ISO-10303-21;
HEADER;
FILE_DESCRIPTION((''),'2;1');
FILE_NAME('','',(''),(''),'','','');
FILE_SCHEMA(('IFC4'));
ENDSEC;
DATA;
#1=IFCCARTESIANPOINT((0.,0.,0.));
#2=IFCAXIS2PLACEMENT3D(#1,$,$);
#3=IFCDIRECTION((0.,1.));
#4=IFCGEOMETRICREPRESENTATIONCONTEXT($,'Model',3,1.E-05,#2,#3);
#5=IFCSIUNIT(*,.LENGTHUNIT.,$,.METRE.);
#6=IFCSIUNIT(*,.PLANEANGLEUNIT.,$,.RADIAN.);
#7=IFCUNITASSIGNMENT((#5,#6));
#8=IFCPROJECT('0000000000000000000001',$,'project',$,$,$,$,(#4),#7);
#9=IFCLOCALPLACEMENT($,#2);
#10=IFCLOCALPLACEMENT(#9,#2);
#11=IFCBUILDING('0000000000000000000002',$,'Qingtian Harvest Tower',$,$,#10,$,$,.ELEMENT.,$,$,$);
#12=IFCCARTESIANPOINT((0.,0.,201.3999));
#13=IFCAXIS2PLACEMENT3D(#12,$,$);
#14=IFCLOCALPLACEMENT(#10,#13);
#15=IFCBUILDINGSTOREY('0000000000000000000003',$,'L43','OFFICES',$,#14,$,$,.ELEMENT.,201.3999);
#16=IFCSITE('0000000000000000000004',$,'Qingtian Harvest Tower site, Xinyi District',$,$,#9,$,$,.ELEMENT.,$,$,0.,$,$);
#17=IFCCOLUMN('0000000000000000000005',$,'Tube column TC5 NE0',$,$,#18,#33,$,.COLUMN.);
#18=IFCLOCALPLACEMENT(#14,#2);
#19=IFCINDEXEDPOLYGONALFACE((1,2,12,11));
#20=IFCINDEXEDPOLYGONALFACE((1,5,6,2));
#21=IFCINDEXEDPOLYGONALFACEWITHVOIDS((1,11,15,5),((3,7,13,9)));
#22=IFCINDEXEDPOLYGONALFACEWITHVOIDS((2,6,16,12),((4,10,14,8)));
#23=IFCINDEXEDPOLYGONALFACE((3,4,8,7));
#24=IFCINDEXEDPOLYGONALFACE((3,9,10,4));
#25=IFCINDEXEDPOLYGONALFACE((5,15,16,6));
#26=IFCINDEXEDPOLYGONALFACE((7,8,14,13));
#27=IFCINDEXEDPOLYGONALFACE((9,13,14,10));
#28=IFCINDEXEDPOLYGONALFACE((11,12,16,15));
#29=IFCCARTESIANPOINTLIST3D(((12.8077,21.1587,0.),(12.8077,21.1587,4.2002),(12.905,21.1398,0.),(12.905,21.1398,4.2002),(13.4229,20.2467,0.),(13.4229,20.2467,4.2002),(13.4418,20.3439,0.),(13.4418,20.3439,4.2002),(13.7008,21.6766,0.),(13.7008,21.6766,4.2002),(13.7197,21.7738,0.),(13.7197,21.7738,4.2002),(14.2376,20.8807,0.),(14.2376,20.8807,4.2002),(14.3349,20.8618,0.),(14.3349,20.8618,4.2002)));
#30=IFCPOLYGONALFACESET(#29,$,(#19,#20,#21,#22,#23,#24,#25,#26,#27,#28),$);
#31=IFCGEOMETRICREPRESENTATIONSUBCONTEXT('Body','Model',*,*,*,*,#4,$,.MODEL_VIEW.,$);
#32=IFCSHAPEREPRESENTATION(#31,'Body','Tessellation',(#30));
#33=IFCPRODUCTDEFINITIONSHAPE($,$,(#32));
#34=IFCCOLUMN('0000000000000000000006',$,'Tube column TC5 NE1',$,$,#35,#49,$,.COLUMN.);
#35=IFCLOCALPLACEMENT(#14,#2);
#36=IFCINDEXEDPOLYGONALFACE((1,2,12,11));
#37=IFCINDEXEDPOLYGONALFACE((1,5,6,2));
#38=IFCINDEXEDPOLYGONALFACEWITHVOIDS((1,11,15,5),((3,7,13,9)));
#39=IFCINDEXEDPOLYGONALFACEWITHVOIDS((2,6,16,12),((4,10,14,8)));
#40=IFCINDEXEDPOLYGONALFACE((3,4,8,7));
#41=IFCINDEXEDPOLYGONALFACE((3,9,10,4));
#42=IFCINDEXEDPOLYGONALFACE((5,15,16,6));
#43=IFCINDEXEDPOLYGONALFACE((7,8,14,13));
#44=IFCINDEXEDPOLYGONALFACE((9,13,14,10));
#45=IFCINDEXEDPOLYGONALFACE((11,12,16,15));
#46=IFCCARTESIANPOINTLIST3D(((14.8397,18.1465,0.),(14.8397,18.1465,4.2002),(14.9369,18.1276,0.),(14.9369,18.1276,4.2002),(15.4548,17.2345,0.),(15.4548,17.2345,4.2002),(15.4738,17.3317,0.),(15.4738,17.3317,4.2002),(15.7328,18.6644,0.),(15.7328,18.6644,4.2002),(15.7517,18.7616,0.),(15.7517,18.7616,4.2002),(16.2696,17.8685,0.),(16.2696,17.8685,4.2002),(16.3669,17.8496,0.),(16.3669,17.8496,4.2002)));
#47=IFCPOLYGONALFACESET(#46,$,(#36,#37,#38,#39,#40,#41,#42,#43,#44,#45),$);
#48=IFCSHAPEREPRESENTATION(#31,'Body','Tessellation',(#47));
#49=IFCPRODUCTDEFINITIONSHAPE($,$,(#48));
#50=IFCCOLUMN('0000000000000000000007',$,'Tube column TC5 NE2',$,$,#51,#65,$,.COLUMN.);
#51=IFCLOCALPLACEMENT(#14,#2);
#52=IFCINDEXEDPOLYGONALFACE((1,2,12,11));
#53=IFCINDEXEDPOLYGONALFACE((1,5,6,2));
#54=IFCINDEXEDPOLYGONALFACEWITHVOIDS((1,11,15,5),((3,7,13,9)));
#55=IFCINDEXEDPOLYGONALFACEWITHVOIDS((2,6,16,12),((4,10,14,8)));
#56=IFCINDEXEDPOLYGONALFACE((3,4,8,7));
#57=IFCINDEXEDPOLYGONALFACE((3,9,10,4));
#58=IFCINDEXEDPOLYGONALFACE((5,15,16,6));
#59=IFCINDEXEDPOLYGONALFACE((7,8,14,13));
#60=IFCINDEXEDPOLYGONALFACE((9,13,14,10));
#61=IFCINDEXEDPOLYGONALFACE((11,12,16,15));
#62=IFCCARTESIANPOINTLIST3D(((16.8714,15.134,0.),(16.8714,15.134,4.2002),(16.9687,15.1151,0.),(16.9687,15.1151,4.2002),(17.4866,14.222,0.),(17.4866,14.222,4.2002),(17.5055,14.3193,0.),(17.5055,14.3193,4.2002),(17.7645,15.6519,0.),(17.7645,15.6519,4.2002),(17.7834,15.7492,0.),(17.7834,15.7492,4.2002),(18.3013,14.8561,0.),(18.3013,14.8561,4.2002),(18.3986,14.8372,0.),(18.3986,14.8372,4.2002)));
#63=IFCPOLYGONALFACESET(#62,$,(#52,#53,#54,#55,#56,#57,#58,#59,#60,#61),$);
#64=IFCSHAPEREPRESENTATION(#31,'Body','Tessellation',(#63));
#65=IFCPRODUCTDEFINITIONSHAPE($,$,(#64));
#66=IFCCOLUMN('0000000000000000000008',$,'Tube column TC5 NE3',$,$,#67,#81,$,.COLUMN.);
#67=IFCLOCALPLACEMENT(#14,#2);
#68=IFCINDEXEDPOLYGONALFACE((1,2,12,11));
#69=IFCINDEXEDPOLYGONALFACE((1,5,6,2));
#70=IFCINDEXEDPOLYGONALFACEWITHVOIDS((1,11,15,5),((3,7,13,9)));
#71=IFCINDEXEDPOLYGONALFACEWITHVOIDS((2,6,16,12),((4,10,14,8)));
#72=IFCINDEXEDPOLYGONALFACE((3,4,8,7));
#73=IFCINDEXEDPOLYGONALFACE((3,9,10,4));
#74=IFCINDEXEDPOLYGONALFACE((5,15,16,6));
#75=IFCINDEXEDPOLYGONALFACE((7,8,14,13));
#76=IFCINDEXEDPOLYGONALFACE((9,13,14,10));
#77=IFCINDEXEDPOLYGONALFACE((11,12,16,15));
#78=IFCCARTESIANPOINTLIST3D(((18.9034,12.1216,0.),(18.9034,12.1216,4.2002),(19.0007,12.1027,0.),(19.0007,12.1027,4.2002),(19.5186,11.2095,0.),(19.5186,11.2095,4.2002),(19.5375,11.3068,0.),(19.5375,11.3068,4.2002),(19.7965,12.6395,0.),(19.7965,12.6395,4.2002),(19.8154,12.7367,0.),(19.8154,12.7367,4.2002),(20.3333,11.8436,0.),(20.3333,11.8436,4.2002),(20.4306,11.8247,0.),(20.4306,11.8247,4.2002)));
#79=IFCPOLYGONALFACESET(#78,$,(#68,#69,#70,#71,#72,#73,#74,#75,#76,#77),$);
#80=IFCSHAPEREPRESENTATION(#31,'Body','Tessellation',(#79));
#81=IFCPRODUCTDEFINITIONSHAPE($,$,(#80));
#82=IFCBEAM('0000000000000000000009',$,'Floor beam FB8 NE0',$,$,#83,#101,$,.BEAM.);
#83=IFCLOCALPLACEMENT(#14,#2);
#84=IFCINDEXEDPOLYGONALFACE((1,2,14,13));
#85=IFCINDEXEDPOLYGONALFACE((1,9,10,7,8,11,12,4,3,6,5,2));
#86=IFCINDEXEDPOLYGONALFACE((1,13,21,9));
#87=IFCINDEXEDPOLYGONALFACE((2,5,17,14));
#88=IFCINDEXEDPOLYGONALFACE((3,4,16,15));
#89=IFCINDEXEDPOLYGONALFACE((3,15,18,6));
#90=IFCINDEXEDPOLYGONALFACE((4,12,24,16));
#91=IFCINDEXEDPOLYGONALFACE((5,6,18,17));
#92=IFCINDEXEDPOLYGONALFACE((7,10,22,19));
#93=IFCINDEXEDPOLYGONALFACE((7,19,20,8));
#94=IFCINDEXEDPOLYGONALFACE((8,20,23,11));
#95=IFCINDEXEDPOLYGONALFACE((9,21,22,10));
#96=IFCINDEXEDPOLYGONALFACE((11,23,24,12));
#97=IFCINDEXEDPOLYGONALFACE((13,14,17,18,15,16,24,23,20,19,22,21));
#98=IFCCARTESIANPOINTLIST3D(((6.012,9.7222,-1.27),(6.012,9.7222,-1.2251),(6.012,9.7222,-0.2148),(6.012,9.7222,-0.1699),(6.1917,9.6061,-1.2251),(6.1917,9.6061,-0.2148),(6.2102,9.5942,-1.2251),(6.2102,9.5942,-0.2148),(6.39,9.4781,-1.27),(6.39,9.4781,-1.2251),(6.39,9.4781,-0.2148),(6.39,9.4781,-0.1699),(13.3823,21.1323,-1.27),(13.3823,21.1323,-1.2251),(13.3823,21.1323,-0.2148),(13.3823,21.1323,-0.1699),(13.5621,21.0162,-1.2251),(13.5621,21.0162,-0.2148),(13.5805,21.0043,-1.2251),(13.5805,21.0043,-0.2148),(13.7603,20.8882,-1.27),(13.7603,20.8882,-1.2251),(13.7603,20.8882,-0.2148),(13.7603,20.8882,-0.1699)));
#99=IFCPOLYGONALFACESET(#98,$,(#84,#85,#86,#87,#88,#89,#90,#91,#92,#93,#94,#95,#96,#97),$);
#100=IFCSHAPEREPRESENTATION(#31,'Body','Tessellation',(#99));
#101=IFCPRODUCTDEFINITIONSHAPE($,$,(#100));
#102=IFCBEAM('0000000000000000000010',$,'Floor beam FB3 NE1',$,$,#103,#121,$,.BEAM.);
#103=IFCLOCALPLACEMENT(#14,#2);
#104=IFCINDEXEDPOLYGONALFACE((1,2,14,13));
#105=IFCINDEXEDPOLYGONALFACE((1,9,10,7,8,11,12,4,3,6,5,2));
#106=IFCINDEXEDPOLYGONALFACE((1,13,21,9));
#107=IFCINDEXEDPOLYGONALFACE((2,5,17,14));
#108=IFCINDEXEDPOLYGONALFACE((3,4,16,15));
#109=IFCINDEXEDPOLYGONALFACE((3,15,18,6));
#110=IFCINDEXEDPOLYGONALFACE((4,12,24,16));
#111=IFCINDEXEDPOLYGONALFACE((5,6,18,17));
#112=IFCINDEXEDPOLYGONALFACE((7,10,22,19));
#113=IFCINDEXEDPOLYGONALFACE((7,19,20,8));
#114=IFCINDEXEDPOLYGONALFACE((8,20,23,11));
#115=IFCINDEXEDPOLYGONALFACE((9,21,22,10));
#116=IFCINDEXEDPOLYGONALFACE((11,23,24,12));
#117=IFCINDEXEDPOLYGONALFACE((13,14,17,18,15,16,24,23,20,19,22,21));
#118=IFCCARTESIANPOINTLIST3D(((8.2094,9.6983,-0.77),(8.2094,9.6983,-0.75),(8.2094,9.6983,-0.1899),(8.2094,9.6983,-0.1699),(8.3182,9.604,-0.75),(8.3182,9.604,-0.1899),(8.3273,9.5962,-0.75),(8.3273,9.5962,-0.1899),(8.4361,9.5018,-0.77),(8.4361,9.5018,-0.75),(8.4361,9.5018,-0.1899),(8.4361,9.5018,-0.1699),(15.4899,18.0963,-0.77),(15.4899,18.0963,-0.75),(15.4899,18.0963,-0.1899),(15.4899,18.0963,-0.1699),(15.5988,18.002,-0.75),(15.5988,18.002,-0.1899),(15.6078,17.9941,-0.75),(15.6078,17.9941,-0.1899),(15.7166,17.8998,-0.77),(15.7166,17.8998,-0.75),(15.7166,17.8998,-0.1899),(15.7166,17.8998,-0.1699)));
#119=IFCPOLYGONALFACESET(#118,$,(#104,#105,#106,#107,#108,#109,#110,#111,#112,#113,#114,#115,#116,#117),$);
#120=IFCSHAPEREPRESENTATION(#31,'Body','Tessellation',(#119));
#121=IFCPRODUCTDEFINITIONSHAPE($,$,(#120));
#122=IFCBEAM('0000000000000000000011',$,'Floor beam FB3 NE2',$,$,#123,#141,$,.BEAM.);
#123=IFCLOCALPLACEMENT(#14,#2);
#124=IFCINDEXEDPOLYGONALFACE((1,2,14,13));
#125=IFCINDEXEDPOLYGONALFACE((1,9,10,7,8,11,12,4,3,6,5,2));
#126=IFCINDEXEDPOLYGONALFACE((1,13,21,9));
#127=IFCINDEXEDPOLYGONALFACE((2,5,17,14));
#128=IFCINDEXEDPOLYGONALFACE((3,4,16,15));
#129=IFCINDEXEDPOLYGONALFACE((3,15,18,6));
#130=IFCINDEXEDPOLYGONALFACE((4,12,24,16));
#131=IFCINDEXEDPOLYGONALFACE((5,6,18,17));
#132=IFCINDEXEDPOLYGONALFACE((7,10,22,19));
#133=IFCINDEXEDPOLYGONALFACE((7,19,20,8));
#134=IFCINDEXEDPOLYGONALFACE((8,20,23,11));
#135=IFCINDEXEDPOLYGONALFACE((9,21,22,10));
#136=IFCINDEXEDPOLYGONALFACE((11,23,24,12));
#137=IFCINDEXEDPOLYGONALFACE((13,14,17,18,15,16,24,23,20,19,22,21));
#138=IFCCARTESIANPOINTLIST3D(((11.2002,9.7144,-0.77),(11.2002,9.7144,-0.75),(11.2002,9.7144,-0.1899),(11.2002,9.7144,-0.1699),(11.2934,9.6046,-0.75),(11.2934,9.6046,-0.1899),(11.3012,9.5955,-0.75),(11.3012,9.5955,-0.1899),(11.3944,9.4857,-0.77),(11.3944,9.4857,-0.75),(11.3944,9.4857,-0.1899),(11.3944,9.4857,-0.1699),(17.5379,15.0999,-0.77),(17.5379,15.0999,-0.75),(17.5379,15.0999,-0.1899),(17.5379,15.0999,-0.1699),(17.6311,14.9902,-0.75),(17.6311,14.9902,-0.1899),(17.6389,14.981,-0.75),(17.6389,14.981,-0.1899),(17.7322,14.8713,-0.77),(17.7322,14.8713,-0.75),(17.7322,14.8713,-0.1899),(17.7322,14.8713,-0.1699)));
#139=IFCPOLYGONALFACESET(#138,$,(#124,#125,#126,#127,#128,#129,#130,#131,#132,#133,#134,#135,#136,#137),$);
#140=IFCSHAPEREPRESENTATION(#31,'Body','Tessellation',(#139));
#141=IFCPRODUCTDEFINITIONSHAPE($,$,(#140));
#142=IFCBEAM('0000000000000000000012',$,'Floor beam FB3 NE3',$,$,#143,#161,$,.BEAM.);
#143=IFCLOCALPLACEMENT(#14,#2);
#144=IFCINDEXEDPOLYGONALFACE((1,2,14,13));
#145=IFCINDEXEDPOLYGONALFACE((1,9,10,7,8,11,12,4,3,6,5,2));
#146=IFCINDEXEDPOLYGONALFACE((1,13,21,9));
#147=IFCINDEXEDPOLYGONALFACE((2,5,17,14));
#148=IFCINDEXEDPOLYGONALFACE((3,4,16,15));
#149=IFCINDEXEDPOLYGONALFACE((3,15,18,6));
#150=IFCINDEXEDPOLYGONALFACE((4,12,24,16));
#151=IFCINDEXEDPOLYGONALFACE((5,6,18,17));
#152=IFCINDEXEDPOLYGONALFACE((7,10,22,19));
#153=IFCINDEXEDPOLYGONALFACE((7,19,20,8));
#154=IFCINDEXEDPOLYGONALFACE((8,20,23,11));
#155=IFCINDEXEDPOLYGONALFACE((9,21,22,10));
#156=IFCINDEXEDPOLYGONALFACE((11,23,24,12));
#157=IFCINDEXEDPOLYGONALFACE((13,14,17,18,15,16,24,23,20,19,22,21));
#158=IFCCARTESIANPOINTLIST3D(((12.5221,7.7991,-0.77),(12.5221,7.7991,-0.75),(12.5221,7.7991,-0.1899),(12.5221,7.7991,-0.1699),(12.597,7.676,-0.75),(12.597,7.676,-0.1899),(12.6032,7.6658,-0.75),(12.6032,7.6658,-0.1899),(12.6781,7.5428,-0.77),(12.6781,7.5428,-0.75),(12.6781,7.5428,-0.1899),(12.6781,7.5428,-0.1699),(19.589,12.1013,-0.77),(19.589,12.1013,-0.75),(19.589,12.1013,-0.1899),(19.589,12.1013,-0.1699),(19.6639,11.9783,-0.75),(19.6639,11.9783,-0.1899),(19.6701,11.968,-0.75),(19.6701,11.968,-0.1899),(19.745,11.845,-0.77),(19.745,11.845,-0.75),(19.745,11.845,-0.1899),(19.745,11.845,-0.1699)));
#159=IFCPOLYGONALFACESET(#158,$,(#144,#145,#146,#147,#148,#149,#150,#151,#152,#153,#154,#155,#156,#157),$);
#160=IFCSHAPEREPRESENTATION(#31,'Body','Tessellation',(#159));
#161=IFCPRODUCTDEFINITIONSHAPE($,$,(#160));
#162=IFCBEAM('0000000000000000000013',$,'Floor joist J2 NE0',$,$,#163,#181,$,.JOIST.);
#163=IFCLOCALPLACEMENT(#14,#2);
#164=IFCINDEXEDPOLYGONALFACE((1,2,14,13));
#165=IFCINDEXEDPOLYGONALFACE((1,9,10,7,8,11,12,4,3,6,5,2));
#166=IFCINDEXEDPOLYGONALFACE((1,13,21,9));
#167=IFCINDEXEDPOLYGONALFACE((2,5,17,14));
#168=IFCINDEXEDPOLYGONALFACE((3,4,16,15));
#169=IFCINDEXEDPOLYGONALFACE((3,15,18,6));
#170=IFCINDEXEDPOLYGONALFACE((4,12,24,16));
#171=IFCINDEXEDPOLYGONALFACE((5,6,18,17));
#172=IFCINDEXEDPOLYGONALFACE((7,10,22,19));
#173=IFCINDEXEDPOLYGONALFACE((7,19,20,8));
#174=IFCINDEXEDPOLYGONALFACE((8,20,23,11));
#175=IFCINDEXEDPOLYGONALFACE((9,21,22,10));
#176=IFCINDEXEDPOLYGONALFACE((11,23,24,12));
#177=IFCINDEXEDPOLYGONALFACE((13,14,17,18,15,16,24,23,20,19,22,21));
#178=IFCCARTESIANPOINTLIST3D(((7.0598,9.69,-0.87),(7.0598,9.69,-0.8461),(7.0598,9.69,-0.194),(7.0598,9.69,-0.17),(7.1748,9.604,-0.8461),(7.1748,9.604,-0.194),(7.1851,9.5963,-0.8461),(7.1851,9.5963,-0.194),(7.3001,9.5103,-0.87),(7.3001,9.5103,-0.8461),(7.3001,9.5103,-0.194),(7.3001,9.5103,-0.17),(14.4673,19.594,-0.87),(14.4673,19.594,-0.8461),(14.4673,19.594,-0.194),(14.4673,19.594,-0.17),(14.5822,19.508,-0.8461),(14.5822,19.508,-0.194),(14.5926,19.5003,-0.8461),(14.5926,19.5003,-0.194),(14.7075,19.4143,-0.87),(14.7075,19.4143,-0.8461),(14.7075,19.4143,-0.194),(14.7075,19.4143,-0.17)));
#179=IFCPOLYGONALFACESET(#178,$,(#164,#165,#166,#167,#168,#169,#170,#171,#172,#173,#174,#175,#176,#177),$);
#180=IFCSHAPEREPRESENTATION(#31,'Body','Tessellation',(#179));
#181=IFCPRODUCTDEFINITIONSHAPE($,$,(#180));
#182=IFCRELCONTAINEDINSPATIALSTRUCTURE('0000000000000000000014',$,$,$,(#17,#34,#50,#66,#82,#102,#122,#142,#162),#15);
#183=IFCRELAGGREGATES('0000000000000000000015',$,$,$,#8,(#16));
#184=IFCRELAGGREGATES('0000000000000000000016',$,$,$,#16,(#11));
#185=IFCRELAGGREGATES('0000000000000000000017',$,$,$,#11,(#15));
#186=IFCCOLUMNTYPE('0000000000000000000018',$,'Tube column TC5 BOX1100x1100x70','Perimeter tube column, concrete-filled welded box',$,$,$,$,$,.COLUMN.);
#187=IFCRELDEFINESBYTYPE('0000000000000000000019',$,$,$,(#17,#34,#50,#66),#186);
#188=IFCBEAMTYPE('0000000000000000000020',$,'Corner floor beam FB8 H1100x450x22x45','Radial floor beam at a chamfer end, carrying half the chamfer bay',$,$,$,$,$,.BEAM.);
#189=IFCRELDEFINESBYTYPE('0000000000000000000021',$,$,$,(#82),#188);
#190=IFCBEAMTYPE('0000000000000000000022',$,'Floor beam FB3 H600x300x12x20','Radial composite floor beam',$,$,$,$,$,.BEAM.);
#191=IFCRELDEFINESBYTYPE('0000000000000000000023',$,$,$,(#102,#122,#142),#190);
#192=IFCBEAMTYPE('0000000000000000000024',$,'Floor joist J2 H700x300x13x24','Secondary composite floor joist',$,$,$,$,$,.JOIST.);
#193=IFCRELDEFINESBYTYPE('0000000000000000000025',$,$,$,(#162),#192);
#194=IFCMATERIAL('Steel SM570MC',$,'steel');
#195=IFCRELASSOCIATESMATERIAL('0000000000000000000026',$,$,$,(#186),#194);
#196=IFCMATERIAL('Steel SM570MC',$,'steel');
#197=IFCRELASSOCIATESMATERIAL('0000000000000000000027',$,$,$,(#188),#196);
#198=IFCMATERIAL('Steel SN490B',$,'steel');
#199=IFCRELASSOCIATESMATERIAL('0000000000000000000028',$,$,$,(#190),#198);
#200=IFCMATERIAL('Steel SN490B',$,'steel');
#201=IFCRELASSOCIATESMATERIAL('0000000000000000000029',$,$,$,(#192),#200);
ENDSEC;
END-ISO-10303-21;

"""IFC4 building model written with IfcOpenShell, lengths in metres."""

from ifc_helpers import new_model, si_unit, direction, frame, origin, origin_2d, place, context, subcontext, project, spatial, hollow_rectangle, i_section, extrude, material, material_profile, profile_set, type_object, element, save


model = new_model("IFC4")

# Units and contexts
model_context = context("Model", 3, precision=1e-05, world=origin(), true_north=direction((0.0, 1.0)))
body_context = subcontext(model_context, "Body", "Model", "MODEL_VIEW")
ifc_project = project(units=[si_unit("LENGTHUNIT", "METRE"), si_unit("PLANEANGLEUNIT", "RADIAN")], contexts=[model_context])

# Site, building, storey
site_placement = place(None, origin())
site = spatial("IfcSite", under=ifc_project, at=site_placement, Name="Qingtian Harvest Tower site, Xinyi District", CompositionType="ELEMENT", RefElevation=0.0)
building_placement = place(site_placement, origin())
building = spatial("IfcBuilding", under=site, at=building_placement, Name="Qingtian Harvest Tower", CompositionType="ELEMENT")
storey_placement = place(building_placement, frame((0.0, 0.0, 201.3999)))
storey = spatial("IfcBuildingStorey", under=building, at=storey_placement, Name="L43", Description="OFFICES", CompositionType="ELEMENT", Elevation=201.3999)

# Columns
ifc_material_1 = material(Name="Steel SM570MC", Category="steel")
ifc_material_profile_1 = material_profile(ifc_material_1, hollow_rectangle(XDim=1.1001, YDim=1.1001, WallThickness=0.0701, at=origin_2d()), Name="BOX1100x1100x70")
ifc_profile_set_1 = profile_set([ifc_material_profile_1], Name="Steel SM570MC")
column_type = type_object("IfcColumnType", Name="Tube column TC5 BOX1100x1100x70", Description="Perimeter tube column, concrete-filled welded box", PredefinedType="COLUMN", material=ifc_profile_set_1)
for number, where, z_axis, x_axis, name in (
    (1, (13.5713, 21.0103, 0.0), (0.0, 0.0, 1.0), (-0.559193, 0.829038, 0.0), "Tube column TC5 NE0"),
    (2, (15.6033, 17.998, 0.0), (0.0, 0.0, 1.0), (-0.559193, 0.829038, 0.0), "Tube column TC5 NE1"),
    (3, (17.635, 14.9856, 0.0), (0.0, 0.0, 1.0), (-0.559193, 0.829038, 0.0), "Tube column TC5 NE2"),
    (4, (19.667, 11.9731, 0.0), (0.0, 0.0, 1.0), (-0.559193, 0.829038, 0.0), "Tube column TC5 NE3"),
):
    element("IfcColumn", number, at=place(storey_placement, frame(where, z_axis=z_axis, x_axis=x_axis)), inside=storey, type_object=column_type, Name=name, PredefinedType="COLUMN", context=body_context, shape_type="SweptSolid", body=[
        extrude(hollow_rectangle(XDim=1.1001, YDim=1.1001, WallThickness=0.0701, at=origin_2d()), origin(), (0.0, 0.0, 1.0), 4.2002),
    ])

# Beams
ifc_material_2 = material(Name="Steel SM570MC", Category="steel")
ifc_material_profile_2 = material_profile(ifc_material_2, i_section(OverallWidth=0.45, OverallDepth=1.1001, WebThickness=0.022, FlangeThickness=0.0449, at=origin_2d()), Name="H1100x450x22x45")
ifc_profile_set_2 = profile_set([ifc_material_profile_2], Name="Steel SM570MC")
beam_type_1 = type_object("IfcBeamType", Name="Corner floor beam FB8 H1100x450x22x45", Description="Radial floor beam at a chamfer end, carrying half the chamfer bay", PredefinedType="BEAM", material=ifc_profile_set_2)
beam_1_placement = place(storey_placement, frame((13.5713, 21.0103, -0.72), z_axis=(-0.542593, -0.839996, 0.0), x_axis=(0.839996, -0.542593, 0.0)))
element("IfcBeam", 5, at=beam_1_placement, inside=storey, type_object=beam_type_1, Name="Floor beam FB8 NE0", PredefinedType="BEAM", context=body_context, shape_type="SweptSolid", body=[
    extrude(i_section(OverallWidth=0.45, OverallDepth=1.1001, WebThickness=0.022, FlangeThickness=0.0449, at=origin_2d()), origin(), (0.0, 0.0, 1.0), 13.5835),
])
ifc_material_3 = material(Name="Steel SN490B", Category="steel")
ifc_material_profile_3 = material_profile(ifc_material_3, i_section(OverallWidth=0.3, OverallDepth=0.6001, WebThickness=0.012, FlangeThickness=0.02, at=origin_2d()), Name="H600x300x12x20")
ifc_profile_set_3 = profile_set([ifc_material_profile_3], Name="Steel SN490B")
beam_type_2 = type_object("IfcBeamType", Name="Floor beam FB3 H600x300x12x20", Description="Radial composite floor beam", PredefinedType="BEAM", material=ifc_profile_set_3)
beam_2_placement = place(storey_placement, frame((15.6033, 17.998, -0.47), z_axis=(-0.655048, -0.755587, 0.0), x_axis=(0.755587, -0.655048, 0.0)))
element("IfcBeam", 6, at=beam_2_placement, inside=storey, type_object=beam_type_2, Name="Floor beam FB3 NE1", PredefinedType="BEAM", context=body_context, shape_type="SweptSolid", body=[
    extrude(i_section(OverallWidth=0.3, OverallDepth=0.6001, WebThickness=0.012, FlangeThickness=0.02, at=origin_2d()), origin(), (0.0, 0.0, 1.0), 11.1145),
])
beam_3_placement = place(storey_placement, frame((17.635, 14.9856, -0.47), z_axis=(-0.762028, -0.647544, 0.0), x_axis=(0.647544, -0.762028, 0.0)))
element("IfcBeam", 7, at=beam_3_placement, inside=storey, type_object=beam_type_2, Name="Floor beam FB3 NE2", PredefinedType="BEAM", context=body_context, shape_type="SweptSolid", body=[
    extrude(i_section(OverallWidth=0.3, OverallDepth=0.6001, WebThickness=0.012, FlangeThickness=0.02, at=origin_2d()), origin(), (0.0, 0.0, 1.0), 8.3169),
])
beam_4_placement = place(storey_placement, frame((19.667, 11.9731, -0.47), z_axis=(-0.854163, -0.520005, 0.0), x_axis=(0.520005, -0.854163, 0.0)))
element("IfcBeam", 8, at=beam_4_placement, inside=storey, type_object=beam_type_2, Name="Floor beam FB3 NE3", PredefinedType="BEAM", context=body_context, shape_type="SweptSolid", body=[
    extrude(i_section(OverallWidth=0.3, OverallDepth=0.6001, WebThickness=0.012, FlangeThickness=0.02, at=origin_2d()), origin(), (0.0, 0.0, 1.0), 8.2734),
])
ifc_material_4 = material(Name="Steel SN490B", Category="steel")
ifc_material_profile_4 = material_profile(ifc_material_4, i_section(OverallWidth=0.3, OverallDepth=0.7, WebThickness=0.0129, FlangeThickness=0.0239, at=origin_2d()), Name="H700x300x13x24")
ifc_profile_set_4 = profile_set([ifc_material_profile_4], Name="Steel SN490B")
beam_type_3 = type_object("IfcBeamType", Name="Floor joist J2 H700x300x13x24", Description="Secondary composite floor joist", PredefinedType="JOIST", material=ifc_profile_set_4)
beam_5_placement = place(storey_placement, frame((14.5874, 19.5042, -0.52), z_axis=(-0.598935, -0.800798, 0.0), x_axis=(0.800798, -0.598935, 0.0)))
element("IfcBeam", 9, at=beam_5_placement, inside=storey, type_object=beam_type_3, Name="Floor joist J2 NE0", PredefinedType="JOIST", context=body_context, shape_type="SweptSolid", body=[
    extrude(i_section(OverallWidth=0.3, OverallDepth=0.7, WebThickness=0.0129, FlangeThickness=0.0239, at=origin_2d()), origin(), (0.0, 0.0, 1.0), 12.3677),
])

save(model, "model.ifc")
